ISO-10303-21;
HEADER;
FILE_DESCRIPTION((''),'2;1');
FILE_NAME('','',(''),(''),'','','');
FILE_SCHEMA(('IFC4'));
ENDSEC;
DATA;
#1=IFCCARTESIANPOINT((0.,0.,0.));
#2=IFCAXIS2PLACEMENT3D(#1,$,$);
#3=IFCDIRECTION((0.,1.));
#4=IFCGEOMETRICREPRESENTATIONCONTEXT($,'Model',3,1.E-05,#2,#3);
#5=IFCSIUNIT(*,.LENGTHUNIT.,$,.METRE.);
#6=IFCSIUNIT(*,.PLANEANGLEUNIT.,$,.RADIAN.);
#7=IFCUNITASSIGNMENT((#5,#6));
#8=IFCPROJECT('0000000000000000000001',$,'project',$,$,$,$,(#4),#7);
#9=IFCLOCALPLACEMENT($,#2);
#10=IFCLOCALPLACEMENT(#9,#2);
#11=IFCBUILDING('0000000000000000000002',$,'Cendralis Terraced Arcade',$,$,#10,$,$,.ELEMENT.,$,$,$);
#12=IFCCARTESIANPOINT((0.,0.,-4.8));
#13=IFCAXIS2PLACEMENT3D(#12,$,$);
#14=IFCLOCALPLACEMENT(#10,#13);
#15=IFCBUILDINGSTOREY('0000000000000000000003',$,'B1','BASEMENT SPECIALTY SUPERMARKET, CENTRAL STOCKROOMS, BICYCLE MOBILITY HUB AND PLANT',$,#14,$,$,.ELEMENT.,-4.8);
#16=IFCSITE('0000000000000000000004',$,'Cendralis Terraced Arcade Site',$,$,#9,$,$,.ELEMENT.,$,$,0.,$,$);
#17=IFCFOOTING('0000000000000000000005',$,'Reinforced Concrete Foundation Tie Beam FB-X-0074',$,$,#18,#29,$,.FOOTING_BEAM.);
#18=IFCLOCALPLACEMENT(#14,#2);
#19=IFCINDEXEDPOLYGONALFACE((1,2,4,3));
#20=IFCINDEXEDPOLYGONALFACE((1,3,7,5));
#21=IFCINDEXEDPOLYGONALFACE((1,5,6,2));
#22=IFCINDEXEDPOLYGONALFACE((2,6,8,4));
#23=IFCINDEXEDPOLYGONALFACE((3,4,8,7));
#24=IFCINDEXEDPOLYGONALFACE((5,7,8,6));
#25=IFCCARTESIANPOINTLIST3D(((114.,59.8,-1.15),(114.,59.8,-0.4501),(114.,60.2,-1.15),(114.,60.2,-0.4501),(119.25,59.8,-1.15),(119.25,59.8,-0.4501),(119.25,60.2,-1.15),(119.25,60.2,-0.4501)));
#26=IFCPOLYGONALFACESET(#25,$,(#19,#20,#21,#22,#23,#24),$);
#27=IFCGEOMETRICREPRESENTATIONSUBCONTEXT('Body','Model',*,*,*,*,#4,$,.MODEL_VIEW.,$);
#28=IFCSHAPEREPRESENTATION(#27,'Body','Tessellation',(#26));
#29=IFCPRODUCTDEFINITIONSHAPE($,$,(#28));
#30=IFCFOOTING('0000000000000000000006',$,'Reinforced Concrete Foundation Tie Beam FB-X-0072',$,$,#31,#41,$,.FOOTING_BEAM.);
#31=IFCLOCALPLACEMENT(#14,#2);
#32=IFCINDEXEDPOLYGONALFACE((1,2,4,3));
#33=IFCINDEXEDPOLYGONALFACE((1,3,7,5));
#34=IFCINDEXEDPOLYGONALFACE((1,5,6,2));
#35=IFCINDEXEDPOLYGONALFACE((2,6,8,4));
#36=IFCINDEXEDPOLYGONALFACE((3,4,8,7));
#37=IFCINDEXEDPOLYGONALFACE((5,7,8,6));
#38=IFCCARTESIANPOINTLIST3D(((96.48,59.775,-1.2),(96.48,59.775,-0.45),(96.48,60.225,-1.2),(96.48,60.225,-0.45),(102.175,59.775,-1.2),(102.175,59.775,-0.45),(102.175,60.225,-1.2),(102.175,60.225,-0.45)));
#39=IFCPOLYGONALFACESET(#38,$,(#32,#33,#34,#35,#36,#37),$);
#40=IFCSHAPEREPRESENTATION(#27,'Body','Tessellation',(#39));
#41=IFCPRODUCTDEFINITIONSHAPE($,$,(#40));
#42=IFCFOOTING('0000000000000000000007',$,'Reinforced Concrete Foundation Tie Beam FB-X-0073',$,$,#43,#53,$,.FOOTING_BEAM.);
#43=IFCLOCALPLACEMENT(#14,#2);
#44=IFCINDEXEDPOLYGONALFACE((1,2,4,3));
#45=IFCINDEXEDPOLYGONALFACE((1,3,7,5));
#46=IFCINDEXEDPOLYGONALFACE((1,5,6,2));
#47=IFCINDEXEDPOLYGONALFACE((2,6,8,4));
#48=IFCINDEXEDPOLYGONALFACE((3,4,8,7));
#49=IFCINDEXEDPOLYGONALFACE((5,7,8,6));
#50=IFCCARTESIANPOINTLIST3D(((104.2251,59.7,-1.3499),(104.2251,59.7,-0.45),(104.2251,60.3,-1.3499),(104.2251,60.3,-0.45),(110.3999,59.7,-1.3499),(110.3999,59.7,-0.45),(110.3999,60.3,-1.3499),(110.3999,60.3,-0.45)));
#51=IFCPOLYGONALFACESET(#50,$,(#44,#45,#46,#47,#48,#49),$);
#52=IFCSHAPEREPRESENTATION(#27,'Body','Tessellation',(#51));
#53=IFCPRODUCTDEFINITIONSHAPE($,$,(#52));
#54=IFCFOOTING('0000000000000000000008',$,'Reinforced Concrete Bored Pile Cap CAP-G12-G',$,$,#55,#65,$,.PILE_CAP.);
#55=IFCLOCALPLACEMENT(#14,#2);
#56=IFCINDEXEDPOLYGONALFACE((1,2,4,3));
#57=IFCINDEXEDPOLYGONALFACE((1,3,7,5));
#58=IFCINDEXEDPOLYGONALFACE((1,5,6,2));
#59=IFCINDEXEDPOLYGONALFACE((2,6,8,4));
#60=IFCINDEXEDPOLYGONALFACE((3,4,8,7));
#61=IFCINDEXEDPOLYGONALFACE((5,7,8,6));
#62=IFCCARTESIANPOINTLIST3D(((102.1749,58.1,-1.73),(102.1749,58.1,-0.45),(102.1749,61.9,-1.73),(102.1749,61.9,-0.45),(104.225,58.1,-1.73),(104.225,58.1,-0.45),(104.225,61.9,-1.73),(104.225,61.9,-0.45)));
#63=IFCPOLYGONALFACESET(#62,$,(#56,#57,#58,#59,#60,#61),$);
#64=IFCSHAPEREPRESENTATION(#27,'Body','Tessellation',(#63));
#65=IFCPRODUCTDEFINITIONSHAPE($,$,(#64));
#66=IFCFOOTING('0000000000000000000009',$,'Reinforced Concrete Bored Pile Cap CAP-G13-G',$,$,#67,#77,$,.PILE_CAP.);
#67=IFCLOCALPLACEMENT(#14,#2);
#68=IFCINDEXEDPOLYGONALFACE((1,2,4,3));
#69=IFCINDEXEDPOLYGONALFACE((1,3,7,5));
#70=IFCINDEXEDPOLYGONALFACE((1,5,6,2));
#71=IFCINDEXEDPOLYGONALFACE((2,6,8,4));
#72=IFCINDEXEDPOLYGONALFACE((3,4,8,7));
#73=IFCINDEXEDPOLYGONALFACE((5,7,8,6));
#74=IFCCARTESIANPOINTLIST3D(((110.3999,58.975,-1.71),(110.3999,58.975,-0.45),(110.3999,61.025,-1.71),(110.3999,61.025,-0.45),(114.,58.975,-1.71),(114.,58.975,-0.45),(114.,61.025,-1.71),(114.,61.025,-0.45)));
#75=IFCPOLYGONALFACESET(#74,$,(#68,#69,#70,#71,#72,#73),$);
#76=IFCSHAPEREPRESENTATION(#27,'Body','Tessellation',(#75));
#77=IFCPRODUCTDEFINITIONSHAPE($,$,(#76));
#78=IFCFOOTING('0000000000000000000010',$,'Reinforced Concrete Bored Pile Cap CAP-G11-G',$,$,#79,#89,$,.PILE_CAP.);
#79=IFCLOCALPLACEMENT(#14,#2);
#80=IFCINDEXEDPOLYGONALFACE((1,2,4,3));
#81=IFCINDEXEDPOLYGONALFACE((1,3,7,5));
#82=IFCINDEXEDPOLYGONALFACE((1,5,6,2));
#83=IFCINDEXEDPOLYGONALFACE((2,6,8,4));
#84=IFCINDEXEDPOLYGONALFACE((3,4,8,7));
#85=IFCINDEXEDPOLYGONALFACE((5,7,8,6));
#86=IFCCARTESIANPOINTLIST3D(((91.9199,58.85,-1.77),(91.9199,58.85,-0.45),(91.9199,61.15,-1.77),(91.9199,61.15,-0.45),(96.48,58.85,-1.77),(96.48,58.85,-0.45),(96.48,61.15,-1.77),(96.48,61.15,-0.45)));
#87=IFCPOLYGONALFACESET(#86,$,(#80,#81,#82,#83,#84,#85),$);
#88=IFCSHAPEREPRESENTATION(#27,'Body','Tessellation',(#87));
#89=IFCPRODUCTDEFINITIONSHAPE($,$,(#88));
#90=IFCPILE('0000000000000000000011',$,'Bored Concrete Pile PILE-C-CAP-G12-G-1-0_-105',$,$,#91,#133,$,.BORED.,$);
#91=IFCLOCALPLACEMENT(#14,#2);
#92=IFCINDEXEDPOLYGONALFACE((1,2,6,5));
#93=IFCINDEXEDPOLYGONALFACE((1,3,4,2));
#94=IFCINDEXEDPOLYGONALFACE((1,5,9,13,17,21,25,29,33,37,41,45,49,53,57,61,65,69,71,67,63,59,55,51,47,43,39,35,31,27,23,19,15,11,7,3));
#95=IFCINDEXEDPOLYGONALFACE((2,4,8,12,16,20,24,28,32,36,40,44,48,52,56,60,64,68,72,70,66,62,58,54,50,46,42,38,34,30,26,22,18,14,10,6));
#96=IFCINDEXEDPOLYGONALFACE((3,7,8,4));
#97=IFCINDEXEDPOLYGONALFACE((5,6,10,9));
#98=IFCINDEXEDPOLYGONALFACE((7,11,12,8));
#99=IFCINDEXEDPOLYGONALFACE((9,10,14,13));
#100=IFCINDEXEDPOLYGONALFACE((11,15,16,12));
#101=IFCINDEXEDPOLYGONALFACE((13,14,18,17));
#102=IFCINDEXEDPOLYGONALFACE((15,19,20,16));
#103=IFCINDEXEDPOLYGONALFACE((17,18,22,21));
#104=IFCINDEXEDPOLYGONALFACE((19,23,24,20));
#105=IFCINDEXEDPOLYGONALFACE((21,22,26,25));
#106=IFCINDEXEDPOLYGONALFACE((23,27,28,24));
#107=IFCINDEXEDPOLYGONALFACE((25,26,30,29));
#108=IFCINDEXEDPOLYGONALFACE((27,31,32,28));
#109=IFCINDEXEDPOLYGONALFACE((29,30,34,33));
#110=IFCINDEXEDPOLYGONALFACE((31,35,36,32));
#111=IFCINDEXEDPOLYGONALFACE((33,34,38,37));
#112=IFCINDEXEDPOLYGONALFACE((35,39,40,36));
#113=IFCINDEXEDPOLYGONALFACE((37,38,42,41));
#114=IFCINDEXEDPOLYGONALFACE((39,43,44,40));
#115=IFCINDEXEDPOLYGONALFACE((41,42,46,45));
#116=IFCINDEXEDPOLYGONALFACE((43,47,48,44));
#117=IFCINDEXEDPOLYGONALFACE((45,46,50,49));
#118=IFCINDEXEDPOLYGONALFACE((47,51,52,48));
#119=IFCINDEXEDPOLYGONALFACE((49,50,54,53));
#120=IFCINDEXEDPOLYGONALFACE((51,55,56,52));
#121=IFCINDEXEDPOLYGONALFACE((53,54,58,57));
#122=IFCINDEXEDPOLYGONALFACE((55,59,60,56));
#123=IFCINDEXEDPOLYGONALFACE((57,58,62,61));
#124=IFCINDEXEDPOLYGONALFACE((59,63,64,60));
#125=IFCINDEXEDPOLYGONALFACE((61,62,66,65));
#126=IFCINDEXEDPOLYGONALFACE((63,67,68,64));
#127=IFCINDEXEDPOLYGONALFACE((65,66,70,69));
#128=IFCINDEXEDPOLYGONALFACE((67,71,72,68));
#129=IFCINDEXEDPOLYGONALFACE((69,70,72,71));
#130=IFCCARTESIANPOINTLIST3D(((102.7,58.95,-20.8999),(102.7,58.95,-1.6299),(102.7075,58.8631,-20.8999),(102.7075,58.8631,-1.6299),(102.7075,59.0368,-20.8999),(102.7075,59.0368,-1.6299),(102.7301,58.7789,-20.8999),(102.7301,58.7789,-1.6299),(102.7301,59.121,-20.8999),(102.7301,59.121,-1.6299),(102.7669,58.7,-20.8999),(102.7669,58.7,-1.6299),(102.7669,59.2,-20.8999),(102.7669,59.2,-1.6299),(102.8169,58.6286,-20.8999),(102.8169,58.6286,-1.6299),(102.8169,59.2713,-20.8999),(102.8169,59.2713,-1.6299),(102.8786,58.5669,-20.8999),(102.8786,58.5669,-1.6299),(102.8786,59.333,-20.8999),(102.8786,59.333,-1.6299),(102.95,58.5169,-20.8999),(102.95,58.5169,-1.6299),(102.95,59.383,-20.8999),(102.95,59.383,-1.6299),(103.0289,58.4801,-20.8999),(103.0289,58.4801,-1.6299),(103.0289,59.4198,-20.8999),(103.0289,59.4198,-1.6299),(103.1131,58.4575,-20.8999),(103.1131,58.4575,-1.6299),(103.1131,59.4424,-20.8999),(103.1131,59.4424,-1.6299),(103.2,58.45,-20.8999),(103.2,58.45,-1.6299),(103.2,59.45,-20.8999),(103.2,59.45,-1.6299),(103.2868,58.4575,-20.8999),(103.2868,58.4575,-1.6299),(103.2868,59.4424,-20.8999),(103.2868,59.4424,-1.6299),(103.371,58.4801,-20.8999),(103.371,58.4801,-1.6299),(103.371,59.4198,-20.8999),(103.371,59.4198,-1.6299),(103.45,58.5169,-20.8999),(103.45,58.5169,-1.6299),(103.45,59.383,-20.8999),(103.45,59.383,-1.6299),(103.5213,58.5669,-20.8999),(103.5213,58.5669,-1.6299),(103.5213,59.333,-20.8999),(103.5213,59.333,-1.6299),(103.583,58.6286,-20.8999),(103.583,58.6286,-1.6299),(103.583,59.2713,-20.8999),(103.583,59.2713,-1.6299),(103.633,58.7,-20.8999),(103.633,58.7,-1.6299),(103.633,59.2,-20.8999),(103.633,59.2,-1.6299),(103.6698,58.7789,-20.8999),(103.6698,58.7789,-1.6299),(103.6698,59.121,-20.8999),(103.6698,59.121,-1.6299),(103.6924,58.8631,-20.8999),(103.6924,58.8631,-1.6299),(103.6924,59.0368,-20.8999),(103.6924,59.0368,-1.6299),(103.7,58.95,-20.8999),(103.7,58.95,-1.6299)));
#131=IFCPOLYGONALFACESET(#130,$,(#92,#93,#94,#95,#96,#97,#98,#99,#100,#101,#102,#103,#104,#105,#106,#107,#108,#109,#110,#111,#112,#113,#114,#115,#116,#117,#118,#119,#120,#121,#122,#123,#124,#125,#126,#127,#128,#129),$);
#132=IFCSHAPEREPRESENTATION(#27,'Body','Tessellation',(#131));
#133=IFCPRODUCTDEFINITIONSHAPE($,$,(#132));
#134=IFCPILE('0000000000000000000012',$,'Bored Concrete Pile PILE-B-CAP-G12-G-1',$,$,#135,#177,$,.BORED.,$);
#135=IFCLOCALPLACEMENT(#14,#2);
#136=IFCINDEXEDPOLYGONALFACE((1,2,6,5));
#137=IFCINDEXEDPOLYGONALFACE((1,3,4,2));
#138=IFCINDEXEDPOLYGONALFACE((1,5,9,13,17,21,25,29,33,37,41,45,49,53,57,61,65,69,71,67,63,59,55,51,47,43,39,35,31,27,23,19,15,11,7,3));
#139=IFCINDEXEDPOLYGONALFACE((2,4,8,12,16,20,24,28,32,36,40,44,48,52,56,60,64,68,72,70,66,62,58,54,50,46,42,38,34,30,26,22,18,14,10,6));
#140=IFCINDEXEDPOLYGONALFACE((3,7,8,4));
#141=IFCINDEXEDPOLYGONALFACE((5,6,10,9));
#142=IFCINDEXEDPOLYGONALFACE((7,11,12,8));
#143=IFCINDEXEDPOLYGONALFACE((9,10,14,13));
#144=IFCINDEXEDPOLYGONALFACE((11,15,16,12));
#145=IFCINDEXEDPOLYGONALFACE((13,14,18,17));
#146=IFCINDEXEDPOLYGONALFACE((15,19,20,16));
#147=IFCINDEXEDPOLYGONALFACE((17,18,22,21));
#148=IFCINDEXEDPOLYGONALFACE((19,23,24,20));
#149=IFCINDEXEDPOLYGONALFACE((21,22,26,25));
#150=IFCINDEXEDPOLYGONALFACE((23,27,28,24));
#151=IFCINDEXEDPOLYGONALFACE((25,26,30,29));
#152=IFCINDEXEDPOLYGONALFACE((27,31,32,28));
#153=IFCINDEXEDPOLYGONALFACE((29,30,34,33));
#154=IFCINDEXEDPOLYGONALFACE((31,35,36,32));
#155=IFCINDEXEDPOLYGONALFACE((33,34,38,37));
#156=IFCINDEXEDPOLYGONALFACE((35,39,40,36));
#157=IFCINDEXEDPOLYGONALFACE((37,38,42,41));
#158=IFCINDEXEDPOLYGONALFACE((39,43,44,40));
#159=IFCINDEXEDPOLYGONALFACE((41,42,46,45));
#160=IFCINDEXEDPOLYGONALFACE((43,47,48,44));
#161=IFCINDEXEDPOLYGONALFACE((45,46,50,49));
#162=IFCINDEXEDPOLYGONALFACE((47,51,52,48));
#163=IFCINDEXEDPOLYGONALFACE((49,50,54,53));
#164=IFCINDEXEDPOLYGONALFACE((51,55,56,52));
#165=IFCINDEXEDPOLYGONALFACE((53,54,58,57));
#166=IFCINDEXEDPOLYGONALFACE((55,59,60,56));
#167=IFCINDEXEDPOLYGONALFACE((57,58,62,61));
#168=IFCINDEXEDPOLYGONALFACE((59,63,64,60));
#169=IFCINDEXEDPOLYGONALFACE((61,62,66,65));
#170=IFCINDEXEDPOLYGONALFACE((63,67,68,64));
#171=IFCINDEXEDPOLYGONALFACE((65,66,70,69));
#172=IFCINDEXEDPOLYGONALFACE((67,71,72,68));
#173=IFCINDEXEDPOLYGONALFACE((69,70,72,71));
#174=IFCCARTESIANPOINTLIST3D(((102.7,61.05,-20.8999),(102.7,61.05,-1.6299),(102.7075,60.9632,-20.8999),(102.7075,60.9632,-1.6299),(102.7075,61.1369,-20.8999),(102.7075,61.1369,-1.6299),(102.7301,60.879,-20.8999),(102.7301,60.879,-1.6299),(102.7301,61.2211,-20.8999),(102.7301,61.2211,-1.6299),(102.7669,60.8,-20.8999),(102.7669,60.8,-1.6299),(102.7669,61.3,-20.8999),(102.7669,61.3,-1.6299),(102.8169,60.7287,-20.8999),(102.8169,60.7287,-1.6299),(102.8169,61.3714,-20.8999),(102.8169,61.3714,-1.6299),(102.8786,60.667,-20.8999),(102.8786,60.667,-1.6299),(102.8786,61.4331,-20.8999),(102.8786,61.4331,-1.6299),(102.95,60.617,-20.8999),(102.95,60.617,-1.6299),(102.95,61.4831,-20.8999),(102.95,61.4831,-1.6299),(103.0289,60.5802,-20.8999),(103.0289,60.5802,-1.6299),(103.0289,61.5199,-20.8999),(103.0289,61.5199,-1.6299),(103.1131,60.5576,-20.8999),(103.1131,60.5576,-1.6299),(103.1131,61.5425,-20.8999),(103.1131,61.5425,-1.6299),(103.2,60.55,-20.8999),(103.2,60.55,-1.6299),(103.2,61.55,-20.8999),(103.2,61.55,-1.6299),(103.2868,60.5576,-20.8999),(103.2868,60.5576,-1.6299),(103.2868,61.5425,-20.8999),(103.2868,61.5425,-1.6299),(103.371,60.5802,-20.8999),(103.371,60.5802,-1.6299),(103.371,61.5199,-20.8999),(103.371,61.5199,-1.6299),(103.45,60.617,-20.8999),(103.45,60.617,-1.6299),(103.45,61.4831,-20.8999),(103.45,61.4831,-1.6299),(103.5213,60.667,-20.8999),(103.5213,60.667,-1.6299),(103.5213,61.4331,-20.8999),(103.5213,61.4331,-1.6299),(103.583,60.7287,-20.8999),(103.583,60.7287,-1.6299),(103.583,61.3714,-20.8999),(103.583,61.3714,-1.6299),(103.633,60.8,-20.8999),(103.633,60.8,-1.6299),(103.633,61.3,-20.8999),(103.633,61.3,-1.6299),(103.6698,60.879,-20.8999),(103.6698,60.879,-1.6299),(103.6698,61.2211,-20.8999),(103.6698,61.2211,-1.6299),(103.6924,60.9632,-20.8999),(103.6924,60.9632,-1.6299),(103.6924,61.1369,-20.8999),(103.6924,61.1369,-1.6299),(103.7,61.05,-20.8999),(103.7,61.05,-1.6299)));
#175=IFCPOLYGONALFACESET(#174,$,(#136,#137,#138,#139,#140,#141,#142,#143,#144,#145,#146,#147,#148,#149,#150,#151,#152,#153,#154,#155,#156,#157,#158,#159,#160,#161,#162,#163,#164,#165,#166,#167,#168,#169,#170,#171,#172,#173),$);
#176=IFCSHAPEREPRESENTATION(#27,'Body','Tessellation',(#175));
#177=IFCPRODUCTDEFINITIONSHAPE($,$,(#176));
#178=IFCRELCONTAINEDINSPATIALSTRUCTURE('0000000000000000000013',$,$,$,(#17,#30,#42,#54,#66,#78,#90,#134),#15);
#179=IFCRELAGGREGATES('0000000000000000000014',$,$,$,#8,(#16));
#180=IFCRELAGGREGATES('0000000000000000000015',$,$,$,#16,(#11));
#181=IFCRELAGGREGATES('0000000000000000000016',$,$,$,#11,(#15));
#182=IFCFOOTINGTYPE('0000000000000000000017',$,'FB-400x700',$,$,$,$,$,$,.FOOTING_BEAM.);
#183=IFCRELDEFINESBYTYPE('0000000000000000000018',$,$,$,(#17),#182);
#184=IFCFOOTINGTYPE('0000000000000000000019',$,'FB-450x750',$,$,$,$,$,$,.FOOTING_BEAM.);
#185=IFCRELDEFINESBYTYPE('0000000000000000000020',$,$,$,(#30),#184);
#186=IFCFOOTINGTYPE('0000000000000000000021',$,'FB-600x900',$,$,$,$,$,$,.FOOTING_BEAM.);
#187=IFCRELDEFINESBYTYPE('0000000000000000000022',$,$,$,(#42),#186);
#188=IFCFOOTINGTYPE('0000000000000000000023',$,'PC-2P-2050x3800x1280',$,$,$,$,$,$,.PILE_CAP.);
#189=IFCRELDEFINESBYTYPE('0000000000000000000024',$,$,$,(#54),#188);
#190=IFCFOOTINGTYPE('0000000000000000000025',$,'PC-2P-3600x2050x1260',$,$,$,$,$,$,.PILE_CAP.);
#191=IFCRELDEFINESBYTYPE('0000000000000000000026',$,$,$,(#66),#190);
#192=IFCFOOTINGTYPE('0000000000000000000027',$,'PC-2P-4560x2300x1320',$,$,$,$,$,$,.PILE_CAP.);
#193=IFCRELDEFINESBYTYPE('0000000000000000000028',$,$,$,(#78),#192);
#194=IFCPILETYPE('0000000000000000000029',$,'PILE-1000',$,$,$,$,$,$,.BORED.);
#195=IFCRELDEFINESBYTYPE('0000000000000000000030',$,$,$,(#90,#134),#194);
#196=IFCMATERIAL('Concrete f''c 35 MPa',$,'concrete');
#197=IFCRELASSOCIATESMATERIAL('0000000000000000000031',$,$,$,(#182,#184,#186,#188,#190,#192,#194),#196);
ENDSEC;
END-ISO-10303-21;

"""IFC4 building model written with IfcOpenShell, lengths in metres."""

from ifc_helpers import new_model, si_unit, direction, frame, origin, origin_2d, place, context, subcontext, project, spatial, rectangle, circle, extrude, material, material_profile, profile_set, type_object, element, save


model = new_model("IFC4")

# Units and contexts
model_context = context("Model", 3, precision=1e-05, world=origin(), true_north=direction((0.0, 1.0)))
body_context = subcontext(model_context, "Body", "Model", "MODEL_VIEW")
ifc_project = project(units=[si_unit("LENGTHUNIT", "METRE"), si_unit("PLANEANGLEUNIT", "RADIAN")], contexts=[model_context])

# Site, building, storey
site_placement = place(None, origin())
site = spatial("IfcSite", under=ifc_project, at=site_placement, Name="Cendralis Terraced Arcade Site", CompositionType="ELEMENT", RefElevation=0.0)
building_placement = place(site_placement, origin())
building = spatial("IfcBuilding", under=site, at=building_placement, Name="Cendralis Terraced Arcade", CompositionType="ELEMENT")
storey_placement = place(building_placement, frame((0.0, 0.0, -4.8)))
storey = spatial("IfcBuildingStorey", under=building, at=storey_placement, Name="B1", Description="BASEMENT SPECIALTY SUPERMARKET, CENTRAL STOCKROOMS, BICYCLE MOBILITY HUB AND PLANT", CompositionType="ELEMENT", Elevation=-4.8)

# Footings
ifc_material_1 = material(Name="Concrete f'c 35 MPa", Category="concrete")
ifc_material_profile_1 = material_profile(ifc_material_1, rectangle(XDim=0.3999, YDim=0.7, at=origin_2d()), Name="FB-400x700", Category="LoadBearing")
ifc_profile_set_1 = profile_set([ifc_material_profile_1], Name="Concrete f'c 35 MPa")
footing_type_1 = type_object("IfcFootingType", Name="FB-400x700", PredefinedType="FOOTING_BEAM", material=ifc_profile_set_1)
footing_1_placement = place(storey_placement, frame((114.0, 60.0, -0.8), z_axis=(1.0, 0.0, 0.0), x_axis=(0.0, 1.0, 0.0)))
element("IfcFooting", 1, at=footing_1_placement, inside=storey, type_object=footing_type_1, Name="Reinforced Concrete Foundation Tie Beam FB-X-0074", PredefinedType="FOOTING_BEAM", context=body_context, shape_type="SweptSolid", body=[
    extrude(rectangle(XDim=0.3999, YDim=0.7, at=origin_2d()), origin(), (0.0, 0.0, 1.0), 5.25),
])
ifc_material_profile_2 = material_profile(ifc_material_1, rectangle(XDim=0.45, YDim=0.75, at=origin_2d()), Name="FB-450x750", Category="LoadBearing")
ifc_profile_set_2 = profile_set([ifc_material_profile_2], Name="Concrete f'c 35 MPa")
footing_type_2 = type_object("IfcFootingType", Name="FB-450x750", PredefinedType="FOOTING_BEAM", material=ifc_profile_set_2)
footing_2_placement = place(storey_placement, frame((96.48, 60.0, -0.825), z_axis=(1.0, 0.0, 0.0), x_axis=(0.0, 1.0, 0.0)))
element("IfcFooting", 2, at=footing_2_placement, inside=storey, type_object=footing_type_2, Name="Reinforced Concrete Foundation Tie Beam FB-X-0072", PredefinedType="FOOTING_BEAM", context=body_context, shape_type="SweptSolid", body=[
    extrude(rectangle(XDim=0.45, YDim=0.75, at=origin_2d()), origin(), (0.0, 0.0, 1.0), 5.6951),
])
ifc_material_profile_3 = material_profile(ifc_material_1, rectangle(XDim=0.6001, YDim=0.8999, at=origin_2d()), Name="FB-600x900", Category="LoadBearing")
ifc_profile_set_3 = profile_set([ifc_material_profile_3], Name="Concrete f'c 35 MPa")
footing_type_3 = type_object("IfcFootingType", Name="FB-600x900", PredefinedType="FOOTING_BEAM", material=ifc_profile_set_3)
footing_3_placement = place(storey_placement, frame((104.2251, 60.0, -0.8999), z_axis=(1.0, 0.0, 0.0), x_axis=(0.0, 1.0, 0.0)))
element("IfcFooting", 3, at=footing_3_placement, inside=storey, type_object=footing_type_3, Name="Reinforced Concrete Foundation Tie Beam FB-X-0073", PredefinedType="FOOTING_BEAM", context=body_context, shape_type="SweptSolid", body=[
    extrude(rectangle(XDim=0.6001, YDim=0.8999, at=origin_2d()), origin(), (0.0, 0.0, 1.0), 6.1748),
])
footing_type_4 = type_object("IfcFootingType", Name="PC-2P-2050x3800x1280", PredefinedType="PILE_CAP", material=ifc_material_1)
footing_4_placement = place(storey_placement, frame((103.2, 60.0, -1.73), z_axis=(0.0, 0.0, 1.0), x_axis=(1.0, 0.0, 0.0)))
element("IfcFooting", 4, at=footing_4_placement, inside=storey, type_object=footing_type_4, Name="Reinforced Concrete Bored Pile Cap CAP-G12-G", PredefinedType="PILE_CAP", context=body_context, shape_type="SweptSolid", body=[
    extrude(rectangle(XDim=2.05, YDim=3.8, at=origin_2d()), origin(), (0.0, 0.0, 1.0), 1.28),
])
footing_type_5 = type_object("IfcFootingType", Name="PC-2P-3600x2050x1260", PredefinedType="PILE_CAP", material=ifc_material_1)
footing_5_placement = place(storey_placement, frame((112.2, 60.0, -1.71), z_axis=(0.0, 0.0, 1.0), x_axis=(1.0, 0.0, 0.0)))
element("IfcFooting", 5, at=footing_5_placement, inside=storey, type_object=footing_type_5, Name="Reinforced Concrete Bored Pile Cap CAP-G13-G", PredefinedType="PILE_CAP", context=body_context, shape_type="SweptSolid", body=[
    extrude(rectangle(XDim=3.6001, YDim=2.05, at=origin_2d()), origin(), (0.0, 0.0, 1.0), 1.26),
])
footing_type_6 = type_object("IfcFootingType", Name="PC-2P-4560x2300x1320", PredefinedType="PILE_CAP", material=ifc_material_1)
footing_6_placement = place(storey_placement, frame((94.2, 60.0, -1.77), z_axis=(0.0, 0.0, 1.0), x_axis=(1.0, 0.0, 0.0)))
element("IfcFooting", 6, at=footing_6_placement, inside=storey, type_object=footing_type_6, Name="Reinforced Concrete Bored Pile Cap CAP-G11-G", PredefinedType="PILE_CAP", context=body_context, shape_type="SweptSolid", body=[
    extrude(rectangle(XDim=4.5601, YDim=2.3, at=origin_2d()), origin(), (0.0, 0.0, 1.0), 1.3201),
])

# Piles
ifc_material_profile_4 = material_profile(ifc_material_1, circle(Radius=0.5, at=origin_2d()), Name="PILE-D1000", Category="LoadBearing")
ifc_profile_set_4 = profile_set([ifc_material_profile_4], Name="Concrete f'c 35 MPa")
pile_type_1 = type_object("IfcPileType", Name="PILE-1000", PredefinedType="BORED", material=ifc_profile_set_4)
for number, where, z_axis, x_axis, name in (
    (7, (103.2, 58.95, -1.6299), (0.0, 0.0, -1.0), (1.0, 0.0, 0.0), "Bored Concrete Pile PILE-C-CAP-G12-G-1-0_-105"),
    (8, (103.2, 61.05, -1.6299), (0.0, 0.0, -1.0), (1.0, 0.0, 0.0), "Bored Concrete Pile PILE-B-CAP-G12-G-1"),
):
    element("IfcPile", number, at=place(storey_placement, frame(where, z_axis=z_axis, x_axis=x_axis)), inside=storey, type_object=pile_type_1, Name=name, PredefinedType="BORED", context=body_context, shape_type="SweptSolid", body=[
        extrude(circle(Radius=0.5, at=origin_2d()), origin(), (0.0, 0.0, 1.0), 19.27),
    ])

save(model, "model.ifc")
